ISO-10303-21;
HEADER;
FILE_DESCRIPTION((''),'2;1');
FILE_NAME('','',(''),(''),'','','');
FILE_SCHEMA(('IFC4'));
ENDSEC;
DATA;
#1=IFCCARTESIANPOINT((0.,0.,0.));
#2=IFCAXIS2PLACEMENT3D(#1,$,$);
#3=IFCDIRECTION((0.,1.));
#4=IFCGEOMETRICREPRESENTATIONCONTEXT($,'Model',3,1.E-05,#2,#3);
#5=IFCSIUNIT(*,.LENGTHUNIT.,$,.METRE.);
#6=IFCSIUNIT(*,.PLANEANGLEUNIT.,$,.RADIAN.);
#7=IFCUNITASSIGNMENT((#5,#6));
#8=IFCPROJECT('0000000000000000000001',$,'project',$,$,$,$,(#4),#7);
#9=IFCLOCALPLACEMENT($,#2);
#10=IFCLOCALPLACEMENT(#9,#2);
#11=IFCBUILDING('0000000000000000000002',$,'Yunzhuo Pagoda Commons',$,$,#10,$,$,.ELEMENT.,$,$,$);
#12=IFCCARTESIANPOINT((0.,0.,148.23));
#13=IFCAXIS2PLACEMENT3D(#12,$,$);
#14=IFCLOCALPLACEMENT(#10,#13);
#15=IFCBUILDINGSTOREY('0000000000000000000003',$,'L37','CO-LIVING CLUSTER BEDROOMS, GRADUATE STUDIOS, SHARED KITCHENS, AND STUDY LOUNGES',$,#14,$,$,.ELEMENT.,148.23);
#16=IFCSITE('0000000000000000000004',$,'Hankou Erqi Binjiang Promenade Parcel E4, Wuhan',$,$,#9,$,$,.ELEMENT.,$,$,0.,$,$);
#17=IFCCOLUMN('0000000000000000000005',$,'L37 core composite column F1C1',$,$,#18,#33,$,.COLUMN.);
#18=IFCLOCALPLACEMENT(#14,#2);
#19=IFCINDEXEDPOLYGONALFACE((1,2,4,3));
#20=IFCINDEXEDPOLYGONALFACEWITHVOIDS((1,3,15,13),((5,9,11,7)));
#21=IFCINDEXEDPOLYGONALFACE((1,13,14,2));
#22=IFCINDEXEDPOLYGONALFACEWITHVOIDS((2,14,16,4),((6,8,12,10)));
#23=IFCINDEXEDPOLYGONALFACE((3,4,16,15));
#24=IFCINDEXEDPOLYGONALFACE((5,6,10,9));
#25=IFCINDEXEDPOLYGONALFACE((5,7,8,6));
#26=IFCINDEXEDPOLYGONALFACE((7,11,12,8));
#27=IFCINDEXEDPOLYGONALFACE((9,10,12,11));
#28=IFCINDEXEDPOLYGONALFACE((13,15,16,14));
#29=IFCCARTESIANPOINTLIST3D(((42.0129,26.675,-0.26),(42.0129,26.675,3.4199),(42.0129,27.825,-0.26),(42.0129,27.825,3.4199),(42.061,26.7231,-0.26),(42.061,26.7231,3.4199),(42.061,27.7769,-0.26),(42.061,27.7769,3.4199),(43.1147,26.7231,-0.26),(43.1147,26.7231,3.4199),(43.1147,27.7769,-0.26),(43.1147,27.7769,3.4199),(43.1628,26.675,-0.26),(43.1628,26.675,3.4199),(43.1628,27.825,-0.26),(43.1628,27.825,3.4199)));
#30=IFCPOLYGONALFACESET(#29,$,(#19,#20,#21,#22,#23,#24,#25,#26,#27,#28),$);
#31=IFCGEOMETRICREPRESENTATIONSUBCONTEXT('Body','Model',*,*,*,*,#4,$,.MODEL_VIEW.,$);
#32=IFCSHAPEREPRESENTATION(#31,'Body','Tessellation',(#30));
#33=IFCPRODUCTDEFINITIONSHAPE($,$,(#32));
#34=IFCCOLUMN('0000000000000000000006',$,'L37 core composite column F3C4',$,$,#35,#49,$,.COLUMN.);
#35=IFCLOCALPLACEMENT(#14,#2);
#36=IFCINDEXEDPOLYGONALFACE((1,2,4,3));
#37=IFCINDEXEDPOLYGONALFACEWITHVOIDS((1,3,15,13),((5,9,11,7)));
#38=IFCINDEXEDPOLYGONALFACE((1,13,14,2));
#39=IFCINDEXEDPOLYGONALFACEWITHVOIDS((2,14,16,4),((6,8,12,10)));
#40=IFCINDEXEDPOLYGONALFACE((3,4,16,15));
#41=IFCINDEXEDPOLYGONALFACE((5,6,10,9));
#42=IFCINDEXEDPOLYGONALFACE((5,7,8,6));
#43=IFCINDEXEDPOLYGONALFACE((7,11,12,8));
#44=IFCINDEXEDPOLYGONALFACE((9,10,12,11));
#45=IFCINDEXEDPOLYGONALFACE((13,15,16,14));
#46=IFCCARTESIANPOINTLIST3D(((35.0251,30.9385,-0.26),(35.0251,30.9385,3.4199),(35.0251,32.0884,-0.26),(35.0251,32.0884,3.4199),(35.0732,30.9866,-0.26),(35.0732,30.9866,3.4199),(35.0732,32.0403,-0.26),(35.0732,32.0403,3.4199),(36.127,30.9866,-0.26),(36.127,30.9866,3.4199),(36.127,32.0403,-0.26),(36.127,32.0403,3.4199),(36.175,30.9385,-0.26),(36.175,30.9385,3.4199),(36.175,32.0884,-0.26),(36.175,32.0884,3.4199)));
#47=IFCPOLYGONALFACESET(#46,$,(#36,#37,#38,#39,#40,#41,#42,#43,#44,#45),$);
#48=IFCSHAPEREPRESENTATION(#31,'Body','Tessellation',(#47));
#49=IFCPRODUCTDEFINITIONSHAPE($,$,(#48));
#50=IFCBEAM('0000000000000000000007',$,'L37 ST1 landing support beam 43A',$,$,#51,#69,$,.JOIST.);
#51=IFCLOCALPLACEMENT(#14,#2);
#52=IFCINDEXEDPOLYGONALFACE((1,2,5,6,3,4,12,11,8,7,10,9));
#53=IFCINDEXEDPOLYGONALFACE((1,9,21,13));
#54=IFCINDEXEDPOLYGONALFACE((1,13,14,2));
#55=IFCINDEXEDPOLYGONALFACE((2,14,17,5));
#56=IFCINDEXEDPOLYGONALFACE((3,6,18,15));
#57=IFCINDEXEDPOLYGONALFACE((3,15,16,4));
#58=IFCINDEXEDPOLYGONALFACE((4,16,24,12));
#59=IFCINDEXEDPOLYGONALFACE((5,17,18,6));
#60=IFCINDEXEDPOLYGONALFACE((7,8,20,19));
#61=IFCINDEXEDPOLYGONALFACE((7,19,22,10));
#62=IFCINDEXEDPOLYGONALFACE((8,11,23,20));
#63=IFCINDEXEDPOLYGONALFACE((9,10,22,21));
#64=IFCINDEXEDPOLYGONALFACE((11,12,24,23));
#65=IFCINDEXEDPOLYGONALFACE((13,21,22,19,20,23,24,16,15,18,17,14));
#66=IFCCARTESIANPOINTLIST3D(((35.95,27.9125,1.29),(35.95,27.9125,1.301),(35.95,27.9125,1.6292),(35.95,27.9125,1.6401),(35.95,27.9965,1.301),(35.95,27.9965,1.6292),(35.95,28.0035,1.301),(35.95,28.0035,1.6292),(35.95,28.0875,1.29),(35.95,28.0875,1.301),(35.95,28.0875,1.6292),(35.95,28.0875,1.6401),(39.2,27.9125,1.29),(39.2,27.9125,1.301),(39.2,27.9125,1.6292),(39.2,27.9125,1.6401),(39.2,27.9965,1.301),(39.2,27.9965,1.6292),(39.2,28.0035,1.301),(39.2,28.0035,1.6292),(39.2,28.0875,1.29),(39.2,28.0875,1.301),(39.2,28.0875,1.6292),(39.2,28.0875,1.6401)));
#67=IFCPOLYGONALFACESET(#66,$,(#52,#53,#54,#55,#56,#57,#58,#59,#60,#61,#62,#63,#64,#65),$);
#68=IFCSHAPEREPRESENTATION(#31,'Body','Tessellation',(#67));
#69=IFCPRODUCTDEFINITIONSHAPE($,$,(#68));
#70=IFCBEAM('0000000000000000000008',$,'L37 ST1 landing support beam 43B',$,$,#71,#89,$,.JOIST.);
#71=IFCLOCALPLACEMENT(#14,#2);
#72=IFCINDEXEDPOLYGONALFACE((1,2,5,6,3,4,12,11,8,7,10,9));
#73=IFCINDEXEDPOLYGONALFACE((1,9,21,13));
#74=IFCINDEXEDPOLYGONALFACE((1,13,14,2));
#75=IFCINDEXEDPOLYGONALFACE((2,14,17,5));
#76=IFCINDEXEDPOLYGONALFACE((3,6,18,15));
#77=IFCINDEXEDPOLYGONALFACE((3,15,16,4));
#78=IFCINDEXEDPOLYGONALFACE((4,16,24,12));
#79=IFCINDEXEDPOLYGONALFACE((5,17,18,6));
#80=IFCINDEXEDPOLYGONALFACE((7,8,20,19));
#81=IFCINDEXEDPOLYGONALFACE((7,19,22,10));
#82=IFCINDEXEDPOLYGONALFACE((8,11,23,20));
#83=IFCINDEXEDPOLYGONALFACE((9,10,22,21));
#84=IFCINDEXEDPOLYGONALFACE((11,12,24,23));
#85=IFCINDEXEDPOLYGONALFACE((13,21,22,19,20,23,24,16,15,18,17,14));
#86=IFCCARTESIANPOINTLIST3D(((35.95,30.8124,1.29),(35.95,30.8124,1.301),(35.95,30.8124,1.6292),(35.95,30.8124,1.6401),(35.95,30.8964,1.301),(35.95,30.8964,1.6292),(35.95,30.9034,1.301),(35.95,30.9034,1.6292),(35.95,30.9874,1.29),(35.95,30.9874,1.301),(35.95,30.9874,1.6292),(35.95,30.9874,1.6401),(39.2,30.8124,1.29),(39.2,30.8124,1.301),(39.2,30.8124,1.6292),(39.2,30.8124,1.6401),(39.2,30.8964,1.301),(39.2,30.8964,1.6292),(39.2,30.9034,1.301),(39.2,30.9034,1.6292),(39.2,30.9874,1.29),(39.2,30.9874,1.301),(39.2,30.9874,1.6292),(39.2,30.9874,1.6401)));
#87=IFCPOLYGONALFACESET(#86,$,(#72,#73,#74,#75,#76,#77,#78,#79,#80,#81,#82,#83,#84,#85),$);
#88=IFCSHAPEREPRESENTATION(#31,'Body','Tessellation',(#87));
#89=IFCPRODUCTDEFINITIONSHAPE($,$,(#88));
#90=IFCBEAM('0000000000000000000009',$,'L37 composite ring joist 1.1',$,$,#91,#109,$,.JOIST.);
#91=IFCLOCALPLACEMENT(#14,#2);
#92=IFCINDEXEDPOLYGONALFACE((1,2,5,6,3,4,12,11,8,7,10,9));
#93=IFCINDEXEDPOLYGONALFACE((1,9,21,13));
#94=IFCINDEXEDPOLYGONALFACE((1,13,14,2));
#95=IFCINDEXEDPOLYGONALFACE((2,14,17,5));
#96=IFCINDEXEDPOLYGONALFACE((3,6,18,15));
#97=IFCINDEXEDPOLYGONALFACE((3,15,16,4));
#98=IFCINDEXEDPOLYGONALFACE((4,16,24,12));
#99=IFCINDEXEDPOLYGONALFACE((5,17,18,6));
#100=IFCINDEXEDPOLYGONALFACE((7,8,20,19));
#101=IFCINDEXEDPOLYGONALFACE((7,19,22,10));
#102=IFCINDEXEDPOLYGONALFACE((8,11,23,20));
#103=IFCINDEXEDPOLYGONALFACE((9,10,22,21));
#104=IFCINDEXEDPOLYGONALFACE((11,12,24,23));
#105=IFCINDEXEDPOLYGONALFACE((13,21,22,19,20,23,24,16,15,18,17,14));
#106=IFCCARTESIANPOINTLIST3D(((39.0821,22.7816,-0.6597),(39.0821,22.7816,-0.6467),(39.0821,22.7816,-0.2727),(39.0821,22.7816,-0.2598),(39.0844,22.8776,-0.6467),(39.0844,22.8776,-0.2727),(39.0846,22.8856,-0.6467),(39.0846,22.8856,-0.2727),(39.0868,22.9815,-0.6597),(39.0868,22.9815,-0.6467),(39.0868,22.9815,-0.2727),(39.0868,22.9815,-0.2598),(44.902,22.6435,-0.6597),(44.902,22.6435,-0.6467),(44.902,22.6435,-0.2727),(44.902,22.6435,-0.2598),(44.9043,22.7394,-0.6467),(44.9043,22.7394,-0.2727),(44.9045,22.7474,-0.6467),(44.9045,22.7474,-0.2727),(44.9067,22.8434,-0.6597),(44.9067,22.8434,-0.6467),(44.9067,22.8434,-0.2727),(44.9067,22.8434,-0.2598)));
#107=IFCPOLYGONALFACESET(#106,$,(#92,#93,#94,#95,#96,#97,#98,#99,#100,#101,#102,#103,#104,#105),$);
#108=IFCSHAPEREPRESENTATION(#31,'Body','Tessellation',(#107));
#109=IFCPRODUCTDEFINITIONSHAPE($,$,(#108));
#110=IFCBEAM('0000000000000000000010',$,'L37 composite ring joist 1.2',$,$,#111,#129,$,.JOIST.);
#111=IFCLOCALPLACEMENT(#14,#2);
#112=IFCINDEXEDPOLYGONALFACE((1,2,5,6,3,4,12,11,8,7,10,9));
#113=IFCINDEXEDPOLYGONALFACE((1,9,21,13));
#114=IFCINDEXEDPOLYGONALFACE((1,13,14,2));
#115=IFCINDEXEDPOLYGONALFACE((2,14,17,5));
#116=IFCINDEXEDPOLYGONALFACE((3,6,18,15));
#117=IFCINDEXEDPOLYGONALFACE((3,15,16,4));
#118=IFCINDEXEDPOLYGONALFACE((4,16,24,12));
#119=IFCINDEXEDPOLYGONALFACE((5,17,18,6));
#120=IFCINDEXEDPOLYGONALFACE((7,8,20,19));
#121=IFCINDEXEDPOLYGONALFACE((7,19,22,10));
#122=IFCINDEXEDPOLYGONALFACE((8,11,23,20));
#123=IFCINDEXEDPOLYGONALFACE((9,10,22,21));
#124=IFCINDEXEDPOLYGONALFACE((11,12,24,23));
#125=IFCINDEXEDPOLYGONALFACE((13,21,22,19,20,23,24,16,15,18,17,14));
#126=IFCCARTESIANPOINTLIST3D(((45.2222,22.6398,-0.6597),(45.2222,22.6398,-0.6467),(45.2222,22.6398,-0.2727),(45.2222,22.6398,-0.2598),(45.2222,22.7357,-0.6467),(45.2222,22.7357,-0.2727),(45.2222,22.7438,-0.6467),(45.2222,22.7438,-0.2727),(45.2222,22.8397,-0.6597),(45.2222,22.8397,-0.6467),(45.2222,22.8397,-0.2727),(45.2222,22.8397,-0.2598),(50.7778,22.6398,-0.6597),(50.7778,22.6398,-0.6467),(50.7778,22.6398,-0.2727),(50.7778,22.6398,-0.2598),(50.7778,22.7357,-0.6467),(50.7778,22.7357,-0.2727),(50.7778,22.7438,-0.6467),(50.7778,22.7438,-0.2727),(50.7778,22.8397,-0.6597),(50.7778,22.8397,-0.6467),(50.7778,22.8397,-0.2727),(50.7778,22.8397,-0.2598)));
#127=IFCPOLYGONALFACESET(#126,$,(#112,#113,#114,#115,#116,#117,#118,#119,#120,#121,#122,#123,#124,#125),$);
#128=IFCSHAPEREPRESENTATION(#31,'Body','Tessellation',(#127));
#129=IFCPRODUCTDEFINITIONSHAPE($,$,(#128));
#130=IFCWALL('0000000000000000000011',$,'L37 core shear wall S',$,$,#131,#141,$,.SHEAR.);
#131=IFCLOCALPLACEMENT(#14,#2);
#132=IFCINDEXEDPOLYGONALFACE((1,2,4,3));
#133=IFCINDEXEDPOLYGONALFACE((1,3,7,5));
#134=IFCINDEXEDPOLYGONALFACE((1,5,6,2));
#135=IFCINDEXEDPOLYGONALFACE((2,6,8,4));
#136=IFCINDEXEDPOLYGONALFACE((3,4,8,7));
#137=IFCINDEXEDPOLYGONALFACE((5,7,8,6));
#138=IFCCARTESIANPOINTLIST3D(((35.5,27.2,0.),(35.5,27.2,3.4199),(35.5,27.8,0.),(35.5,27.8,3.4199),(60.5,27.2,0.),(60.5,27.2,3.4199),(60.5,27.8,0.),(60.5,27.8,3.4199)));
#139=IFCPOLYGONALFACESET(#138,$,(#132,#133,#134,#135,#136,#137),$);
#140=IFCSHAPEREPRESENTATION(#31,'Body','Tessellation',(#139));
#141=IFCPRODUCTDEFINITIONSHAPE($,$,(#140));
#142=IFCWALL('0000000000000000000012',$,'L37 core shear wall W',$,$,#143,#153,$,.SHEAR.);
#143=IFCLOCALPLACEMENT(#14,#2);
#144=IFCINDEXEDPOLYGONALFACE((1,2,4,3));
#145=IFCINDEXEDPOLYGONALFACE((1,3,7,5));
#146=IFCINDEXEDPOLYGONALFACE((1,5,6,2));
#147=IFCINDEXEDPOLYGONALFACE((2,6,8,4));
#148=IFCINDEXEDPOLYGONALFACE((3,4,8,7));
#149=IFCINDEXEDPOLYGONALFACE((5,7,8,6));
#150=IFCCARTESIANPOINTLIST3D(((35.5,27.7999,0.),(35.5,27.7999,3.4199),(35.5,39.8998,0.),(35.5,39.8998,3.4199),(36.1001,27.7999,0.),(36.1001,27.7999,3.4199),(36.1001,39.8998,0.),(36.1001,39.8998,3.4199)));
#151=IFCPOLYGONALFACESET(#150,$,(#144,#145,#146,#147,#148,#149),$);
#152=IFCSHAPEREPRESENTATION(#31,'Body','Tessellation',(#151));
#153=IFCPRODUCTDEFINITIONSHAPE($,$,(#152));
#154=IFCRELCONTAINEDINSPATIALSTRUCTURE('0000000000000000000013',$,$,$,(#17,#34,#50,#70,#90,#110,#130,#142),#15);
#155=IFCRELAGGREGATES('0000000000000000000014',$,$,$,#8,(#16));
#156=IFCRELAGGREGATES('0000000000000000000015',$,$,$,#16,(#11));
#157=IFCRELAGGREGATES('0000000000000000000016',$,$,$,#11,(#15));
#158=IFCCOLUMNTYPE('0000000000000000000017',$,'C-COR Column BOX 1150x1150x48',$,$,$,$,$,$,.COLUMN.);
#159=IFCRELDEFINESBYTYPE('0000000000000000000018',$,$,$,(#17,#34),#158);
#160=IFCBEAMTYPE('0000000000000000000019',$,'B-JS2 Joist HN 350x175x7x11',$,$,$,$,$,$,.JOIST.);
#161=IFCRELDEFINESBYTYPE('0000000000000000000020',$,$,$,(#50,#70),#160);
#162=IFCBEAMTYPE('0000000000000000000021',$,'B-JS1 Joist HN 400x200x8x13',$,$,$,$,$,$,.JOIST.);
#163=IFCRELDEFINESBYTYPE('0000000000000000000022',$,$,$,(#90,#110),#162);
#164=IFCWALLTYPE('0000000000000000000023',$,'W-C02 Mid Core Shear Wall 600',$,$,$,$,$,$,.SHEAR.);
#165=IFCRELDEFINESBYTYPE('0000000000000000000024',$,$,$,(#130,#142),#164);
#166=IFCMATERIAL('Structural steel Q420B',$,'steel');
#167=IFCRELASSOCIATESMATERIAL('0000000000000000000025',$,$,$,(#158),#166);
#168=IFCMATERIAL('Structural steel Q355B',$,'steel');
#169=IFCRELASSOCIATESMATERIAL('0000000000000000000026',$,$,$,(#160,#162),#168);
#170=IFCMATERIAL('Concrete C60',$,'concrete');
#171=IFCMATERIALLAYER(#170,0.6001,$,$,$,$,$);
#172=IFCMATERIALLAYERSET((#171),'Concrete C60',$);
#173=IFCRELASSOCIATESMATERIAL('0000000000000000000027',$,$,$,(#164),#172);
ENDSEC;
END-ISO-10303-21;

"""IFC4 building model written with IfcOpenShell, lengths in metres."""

from ifc_helpers import new_model, si_unit, direction, frame, frame_2d, origin, origin_2d, place, context, subcontext, project, spatial, rectangle, hollow_rectangle, i_section, extrude, source, transform, mapped, material, layer, layer_set, material_profile, profile_set, type_object, element, save


model = new_model("IFC4")

# Units and contexts
model_context = context("Model", 3, precision=1e-05, world=origin(), true_north=direction((0.0, 1.0)))
body_context = subcontext(model_context, "Body", "Model", "MODEL_VIEW")
ifc_project = project(units=[si_unit("LENGTHUNIT", "METRE"), si_unit("PLANEANGLEUNIT", "RADIAN")], contexts=[model_context])

# Site, building, storey
site_placement = place(None, origin())
site = spatial("IfcSite", under=ifc_project, at=site_placement, Name="Hankou Erqi Binjiang Promenade Parcel E4, Wuhan", CompositionType="ELEMENT", RefElevation=0.0)
building_placement = place(site_placement, origin())
building = spatial("IfcBuilding", under=site, at=building_placement, Name="Yunzhuo Pagoda Commons", CompositionType="ELEMENT")
storey_placement = place(building_placement, frame((0.0, 0.0, 148.23)))
storey = spatial("IfcBuildingStorey", under=building, at=storey_placement, Name="L37", Description="CO-LIVING CLUSTER BEDROOMS, GRADUATE STUDIOS, SHARED KITCHENS, AND STUDY LOUNGES", CompositionType="ELEMENT", Elevation=148.23)

# Columns
ifc_material_1 = material(Name="Structural steel Q420B", Category="steel")
ifc_material_profile_1 = material_profile(ifc_material_1, hollow_rectangle(XDim=1.1499, YDim=1.1499, WallThickness=0.0481, at=origin_2d()), Name="Structural steel Q420B")
ifc_profile_set_1 = profile_set([ifc_material_profile_1], Name="Structural steel Q420B")
column_type = type_object("IfcColumnType", Name="C-COR Column BOX 1150x1150x48", PredefinedType="COLUMN", material=ifc_profile_set_1)
shared_shape_1 = source(origin(), body_context, "Body", "SweptSolid", [
    extrude(hollow_rectangle(XDim=1.1499, YDim=1.1499, WallThickness=0.0481, at=origin_2d()), origin(), (0.0, 0.0, 1.0), 3.6799),
])
for number, where, z_axis, x_axis, name in (
    (1, (42.5879, 27.25, -0.26), (0.0, 0.0, 1.0), (1.0, 0.0, 0.0), "L37 core composite column F1C1"),
    (2, (35.6001, 31.5134, -0.26), (0.0, 0.0, 1.0), (1.0, 0.0, 0.0), "L37 core composite column F3C4"),
):
    element("IfcColumn", number, at=place(storey_placement, frame(where, z_axis=z_axis, x_axis=x_axis)), inside=storey, type_object=column_type, Name=name, PredefinedType="COLUMN", context=body_context, shape_type="MappedRepresentation", body=[
        mapped(shared_shape_1, transform((0.0, 0.0, 0.0), scale=1.0)),
    ])

# Beams
ifc_material_2 = material(Name="Structural steel Q355B", Category="steel")
ifc_material_profile_2 = material_profile(ifc_material_2, i_section(OverallWidth=0.175, OverallDepth=0.3501, WebThickness=0.0071, FlangeThickness=0.011, at=origin_2d()), Name="Structural steel Q355B")
ifc_profile_set_2 = profile_set([ifc_material_profile_2], Name="Structural steel Q355B")
beam_type_1 = type_object("IfcBeamType", Name="B-JS2 Joist HN 350x175x7x11", PredefinedType="JOIST", material=ifc_profile_set_2)
shared_shape_2 = source(origin(), body_context, "Body", "SweptSolid", [
    extrude(i_section(OverallWidth=0.175, OverallDepth=0.3501, WebThickness=0.0071, FlangeThickness=0.011, at=origin_2d()), origin(), (0.0, 0.0, 1.0), 3.25),
])
for number, where, z_axis, x_axis, name in (
    (3, (35.95, 28.0, 1.4651), (1.0, 0.0, 0.0), (0.0, 1.0, 0.0), "L37 ST1 landing support beam 43A"),
    (4, (35.95, 30.8999, 1.4651), (1.0, 0.0, 0.0), (0.0, 1.0, 0.0), "L37 ST1 landing support beam 43B"),
):
    element("IfcBeam", number, at=place(storey_placement, frame(where, z_axis=z_axis, x_axis=x_axis)), inside=storey, type_object=beam_type_1, Name=name, PredefinedType="JOIST", context=body_context, shape_type="MappedRepresentation", body=[
        mapped(shared_shape_2, transform((0.0, 0.0, 0.0), scale=1.0)),
    ])
ifc_material_profile_3 = material_profile(ifc_material_2, i_section(OverallWidth=0.2, OverallDepth=0.3999, WebThickness=0.0081, FlangeThickness=0.0129, at=origin_2d()), Name="Structural steel Q355B")
ifc_profile_set_3 = profile_set([ifc_material_profile_3], Name="Structural steel Q355B")
beam_type_2 = type_object("IfcBeamType", Name="B-JS1 Joist HN 400x200x8x13", PredefinedType="JOIST", material=ifc_profile_set_3)
shared_shape_3 = source(origin(), body_context, "Body", "SweptSolid", [
    extrude(i_section(OverallWidth=0.2, OverallDepth=0.3999, WebThickness=0.0081, FlangeThickness=0.0129, at=origin_2d()), origin(), (0.0, 0.0, 1.0), 5.8215),
])
beam_1_placement = place(storey_placement, frame((39.0845, 22.8816, -0.4597), z_axis=(0.999718, -0.023737, 0.0), x_axis=(0.023737, 0.999718, 0.0)))
element("IfcBeam", 5, at=beam_1_placement, inside=storey, type_object=beam_type_2, Name="L37 composite ring joist 1.1", PredefinedType="JOIST", context=body_context, shape_type="MappedRepresentation", body=[
    mapped(shared_shape_3, transform((0.0, 0.0, 0.0), scale=1.0)),
])
shared_shape_4 = source(origin(), body_context, "Body", "SweptSolid", [
    extrude(i_section(OverallWidth=0.2, OverallDepth=0.3999, WebThickness=0.0081, FlangeThickness=0.0129, at=origin_2d()), origin(), (0.0, 0.0, 1.0), 5.5557),
])
beam_2_placement = place(storey_placement, frame((45.2222, 22.7397, -0.4597), z_axis=(1.0, 0.0, 0.0), x_axis=(0.0, 1.0, 0.0)))
element("IfcBeam", 6, at=beam_2_placement, inside=storey, type_object=beam_type_2, Name="L37 composite ring joist 1.2", PredefinedType="JOIST", context=body_context, shape_type="MappedRepresentation", body=[
    mapped(shared_shape_4, transform((0.0, 0.0, 0.0), scale=1.0)),
])

# Walls
ifc_material_3 = material(Name="Concrete C60", Category="concrete")
ifc_layer_1 = layer(ifc_material_3, 0.6001)
ifc_layer_set_1 = layer_set([ifc_layer_1], Name="Concrete C60")
wall_type_1 = type_object("IfcWallType", Name="W-C02 Mid Core Shear Wall 600", PredefinedType="SHEAR", material=ifc_layer_set_1)
wall_1_placement = place(storey_placement, frame((35.5, 27.5, 0.0), z_axis=(0.0, 0.0, 1.0), x_axis=(1.0, 0.0, 0.0)))
element("IfcWall", 7, at=wall_1_placement, inside=storey, type_object=wall_type_1, Name="L37 core shear wall S", PredefinedType="SHEAR", context=body_context, shape_type="SweptSolid", body=[
    extrude(rectangle(XDim=25.0, YDim=0.6001, at=frame_2d((12.5, 0.0))), origin(), (0.0, 0.0, 1.0), 3.4199),
])
wall_2_placement = place(storey_placement, frame((35.8, 27.8, 0.0), z_axis=(0.0, 0.0, 1.0), x_axis=(0.0, 1.0, 0.0)))
element("IfcWall", 8, at=wall_2_placement, inside=storey, type_object=wall_type_1, Name="L37 core shear wall W", PredefinedType="SHEAR", context=body_context, shape_type="SweptSolid", body=[
    extrude(rectangle(XDim=12.0999, YDim=0.6001, at=frame_2d((6.0498, 0.0))), origin(), (0.0, 0.0, 1.0), 3.4199),
])

save(model, "model.ifc")
